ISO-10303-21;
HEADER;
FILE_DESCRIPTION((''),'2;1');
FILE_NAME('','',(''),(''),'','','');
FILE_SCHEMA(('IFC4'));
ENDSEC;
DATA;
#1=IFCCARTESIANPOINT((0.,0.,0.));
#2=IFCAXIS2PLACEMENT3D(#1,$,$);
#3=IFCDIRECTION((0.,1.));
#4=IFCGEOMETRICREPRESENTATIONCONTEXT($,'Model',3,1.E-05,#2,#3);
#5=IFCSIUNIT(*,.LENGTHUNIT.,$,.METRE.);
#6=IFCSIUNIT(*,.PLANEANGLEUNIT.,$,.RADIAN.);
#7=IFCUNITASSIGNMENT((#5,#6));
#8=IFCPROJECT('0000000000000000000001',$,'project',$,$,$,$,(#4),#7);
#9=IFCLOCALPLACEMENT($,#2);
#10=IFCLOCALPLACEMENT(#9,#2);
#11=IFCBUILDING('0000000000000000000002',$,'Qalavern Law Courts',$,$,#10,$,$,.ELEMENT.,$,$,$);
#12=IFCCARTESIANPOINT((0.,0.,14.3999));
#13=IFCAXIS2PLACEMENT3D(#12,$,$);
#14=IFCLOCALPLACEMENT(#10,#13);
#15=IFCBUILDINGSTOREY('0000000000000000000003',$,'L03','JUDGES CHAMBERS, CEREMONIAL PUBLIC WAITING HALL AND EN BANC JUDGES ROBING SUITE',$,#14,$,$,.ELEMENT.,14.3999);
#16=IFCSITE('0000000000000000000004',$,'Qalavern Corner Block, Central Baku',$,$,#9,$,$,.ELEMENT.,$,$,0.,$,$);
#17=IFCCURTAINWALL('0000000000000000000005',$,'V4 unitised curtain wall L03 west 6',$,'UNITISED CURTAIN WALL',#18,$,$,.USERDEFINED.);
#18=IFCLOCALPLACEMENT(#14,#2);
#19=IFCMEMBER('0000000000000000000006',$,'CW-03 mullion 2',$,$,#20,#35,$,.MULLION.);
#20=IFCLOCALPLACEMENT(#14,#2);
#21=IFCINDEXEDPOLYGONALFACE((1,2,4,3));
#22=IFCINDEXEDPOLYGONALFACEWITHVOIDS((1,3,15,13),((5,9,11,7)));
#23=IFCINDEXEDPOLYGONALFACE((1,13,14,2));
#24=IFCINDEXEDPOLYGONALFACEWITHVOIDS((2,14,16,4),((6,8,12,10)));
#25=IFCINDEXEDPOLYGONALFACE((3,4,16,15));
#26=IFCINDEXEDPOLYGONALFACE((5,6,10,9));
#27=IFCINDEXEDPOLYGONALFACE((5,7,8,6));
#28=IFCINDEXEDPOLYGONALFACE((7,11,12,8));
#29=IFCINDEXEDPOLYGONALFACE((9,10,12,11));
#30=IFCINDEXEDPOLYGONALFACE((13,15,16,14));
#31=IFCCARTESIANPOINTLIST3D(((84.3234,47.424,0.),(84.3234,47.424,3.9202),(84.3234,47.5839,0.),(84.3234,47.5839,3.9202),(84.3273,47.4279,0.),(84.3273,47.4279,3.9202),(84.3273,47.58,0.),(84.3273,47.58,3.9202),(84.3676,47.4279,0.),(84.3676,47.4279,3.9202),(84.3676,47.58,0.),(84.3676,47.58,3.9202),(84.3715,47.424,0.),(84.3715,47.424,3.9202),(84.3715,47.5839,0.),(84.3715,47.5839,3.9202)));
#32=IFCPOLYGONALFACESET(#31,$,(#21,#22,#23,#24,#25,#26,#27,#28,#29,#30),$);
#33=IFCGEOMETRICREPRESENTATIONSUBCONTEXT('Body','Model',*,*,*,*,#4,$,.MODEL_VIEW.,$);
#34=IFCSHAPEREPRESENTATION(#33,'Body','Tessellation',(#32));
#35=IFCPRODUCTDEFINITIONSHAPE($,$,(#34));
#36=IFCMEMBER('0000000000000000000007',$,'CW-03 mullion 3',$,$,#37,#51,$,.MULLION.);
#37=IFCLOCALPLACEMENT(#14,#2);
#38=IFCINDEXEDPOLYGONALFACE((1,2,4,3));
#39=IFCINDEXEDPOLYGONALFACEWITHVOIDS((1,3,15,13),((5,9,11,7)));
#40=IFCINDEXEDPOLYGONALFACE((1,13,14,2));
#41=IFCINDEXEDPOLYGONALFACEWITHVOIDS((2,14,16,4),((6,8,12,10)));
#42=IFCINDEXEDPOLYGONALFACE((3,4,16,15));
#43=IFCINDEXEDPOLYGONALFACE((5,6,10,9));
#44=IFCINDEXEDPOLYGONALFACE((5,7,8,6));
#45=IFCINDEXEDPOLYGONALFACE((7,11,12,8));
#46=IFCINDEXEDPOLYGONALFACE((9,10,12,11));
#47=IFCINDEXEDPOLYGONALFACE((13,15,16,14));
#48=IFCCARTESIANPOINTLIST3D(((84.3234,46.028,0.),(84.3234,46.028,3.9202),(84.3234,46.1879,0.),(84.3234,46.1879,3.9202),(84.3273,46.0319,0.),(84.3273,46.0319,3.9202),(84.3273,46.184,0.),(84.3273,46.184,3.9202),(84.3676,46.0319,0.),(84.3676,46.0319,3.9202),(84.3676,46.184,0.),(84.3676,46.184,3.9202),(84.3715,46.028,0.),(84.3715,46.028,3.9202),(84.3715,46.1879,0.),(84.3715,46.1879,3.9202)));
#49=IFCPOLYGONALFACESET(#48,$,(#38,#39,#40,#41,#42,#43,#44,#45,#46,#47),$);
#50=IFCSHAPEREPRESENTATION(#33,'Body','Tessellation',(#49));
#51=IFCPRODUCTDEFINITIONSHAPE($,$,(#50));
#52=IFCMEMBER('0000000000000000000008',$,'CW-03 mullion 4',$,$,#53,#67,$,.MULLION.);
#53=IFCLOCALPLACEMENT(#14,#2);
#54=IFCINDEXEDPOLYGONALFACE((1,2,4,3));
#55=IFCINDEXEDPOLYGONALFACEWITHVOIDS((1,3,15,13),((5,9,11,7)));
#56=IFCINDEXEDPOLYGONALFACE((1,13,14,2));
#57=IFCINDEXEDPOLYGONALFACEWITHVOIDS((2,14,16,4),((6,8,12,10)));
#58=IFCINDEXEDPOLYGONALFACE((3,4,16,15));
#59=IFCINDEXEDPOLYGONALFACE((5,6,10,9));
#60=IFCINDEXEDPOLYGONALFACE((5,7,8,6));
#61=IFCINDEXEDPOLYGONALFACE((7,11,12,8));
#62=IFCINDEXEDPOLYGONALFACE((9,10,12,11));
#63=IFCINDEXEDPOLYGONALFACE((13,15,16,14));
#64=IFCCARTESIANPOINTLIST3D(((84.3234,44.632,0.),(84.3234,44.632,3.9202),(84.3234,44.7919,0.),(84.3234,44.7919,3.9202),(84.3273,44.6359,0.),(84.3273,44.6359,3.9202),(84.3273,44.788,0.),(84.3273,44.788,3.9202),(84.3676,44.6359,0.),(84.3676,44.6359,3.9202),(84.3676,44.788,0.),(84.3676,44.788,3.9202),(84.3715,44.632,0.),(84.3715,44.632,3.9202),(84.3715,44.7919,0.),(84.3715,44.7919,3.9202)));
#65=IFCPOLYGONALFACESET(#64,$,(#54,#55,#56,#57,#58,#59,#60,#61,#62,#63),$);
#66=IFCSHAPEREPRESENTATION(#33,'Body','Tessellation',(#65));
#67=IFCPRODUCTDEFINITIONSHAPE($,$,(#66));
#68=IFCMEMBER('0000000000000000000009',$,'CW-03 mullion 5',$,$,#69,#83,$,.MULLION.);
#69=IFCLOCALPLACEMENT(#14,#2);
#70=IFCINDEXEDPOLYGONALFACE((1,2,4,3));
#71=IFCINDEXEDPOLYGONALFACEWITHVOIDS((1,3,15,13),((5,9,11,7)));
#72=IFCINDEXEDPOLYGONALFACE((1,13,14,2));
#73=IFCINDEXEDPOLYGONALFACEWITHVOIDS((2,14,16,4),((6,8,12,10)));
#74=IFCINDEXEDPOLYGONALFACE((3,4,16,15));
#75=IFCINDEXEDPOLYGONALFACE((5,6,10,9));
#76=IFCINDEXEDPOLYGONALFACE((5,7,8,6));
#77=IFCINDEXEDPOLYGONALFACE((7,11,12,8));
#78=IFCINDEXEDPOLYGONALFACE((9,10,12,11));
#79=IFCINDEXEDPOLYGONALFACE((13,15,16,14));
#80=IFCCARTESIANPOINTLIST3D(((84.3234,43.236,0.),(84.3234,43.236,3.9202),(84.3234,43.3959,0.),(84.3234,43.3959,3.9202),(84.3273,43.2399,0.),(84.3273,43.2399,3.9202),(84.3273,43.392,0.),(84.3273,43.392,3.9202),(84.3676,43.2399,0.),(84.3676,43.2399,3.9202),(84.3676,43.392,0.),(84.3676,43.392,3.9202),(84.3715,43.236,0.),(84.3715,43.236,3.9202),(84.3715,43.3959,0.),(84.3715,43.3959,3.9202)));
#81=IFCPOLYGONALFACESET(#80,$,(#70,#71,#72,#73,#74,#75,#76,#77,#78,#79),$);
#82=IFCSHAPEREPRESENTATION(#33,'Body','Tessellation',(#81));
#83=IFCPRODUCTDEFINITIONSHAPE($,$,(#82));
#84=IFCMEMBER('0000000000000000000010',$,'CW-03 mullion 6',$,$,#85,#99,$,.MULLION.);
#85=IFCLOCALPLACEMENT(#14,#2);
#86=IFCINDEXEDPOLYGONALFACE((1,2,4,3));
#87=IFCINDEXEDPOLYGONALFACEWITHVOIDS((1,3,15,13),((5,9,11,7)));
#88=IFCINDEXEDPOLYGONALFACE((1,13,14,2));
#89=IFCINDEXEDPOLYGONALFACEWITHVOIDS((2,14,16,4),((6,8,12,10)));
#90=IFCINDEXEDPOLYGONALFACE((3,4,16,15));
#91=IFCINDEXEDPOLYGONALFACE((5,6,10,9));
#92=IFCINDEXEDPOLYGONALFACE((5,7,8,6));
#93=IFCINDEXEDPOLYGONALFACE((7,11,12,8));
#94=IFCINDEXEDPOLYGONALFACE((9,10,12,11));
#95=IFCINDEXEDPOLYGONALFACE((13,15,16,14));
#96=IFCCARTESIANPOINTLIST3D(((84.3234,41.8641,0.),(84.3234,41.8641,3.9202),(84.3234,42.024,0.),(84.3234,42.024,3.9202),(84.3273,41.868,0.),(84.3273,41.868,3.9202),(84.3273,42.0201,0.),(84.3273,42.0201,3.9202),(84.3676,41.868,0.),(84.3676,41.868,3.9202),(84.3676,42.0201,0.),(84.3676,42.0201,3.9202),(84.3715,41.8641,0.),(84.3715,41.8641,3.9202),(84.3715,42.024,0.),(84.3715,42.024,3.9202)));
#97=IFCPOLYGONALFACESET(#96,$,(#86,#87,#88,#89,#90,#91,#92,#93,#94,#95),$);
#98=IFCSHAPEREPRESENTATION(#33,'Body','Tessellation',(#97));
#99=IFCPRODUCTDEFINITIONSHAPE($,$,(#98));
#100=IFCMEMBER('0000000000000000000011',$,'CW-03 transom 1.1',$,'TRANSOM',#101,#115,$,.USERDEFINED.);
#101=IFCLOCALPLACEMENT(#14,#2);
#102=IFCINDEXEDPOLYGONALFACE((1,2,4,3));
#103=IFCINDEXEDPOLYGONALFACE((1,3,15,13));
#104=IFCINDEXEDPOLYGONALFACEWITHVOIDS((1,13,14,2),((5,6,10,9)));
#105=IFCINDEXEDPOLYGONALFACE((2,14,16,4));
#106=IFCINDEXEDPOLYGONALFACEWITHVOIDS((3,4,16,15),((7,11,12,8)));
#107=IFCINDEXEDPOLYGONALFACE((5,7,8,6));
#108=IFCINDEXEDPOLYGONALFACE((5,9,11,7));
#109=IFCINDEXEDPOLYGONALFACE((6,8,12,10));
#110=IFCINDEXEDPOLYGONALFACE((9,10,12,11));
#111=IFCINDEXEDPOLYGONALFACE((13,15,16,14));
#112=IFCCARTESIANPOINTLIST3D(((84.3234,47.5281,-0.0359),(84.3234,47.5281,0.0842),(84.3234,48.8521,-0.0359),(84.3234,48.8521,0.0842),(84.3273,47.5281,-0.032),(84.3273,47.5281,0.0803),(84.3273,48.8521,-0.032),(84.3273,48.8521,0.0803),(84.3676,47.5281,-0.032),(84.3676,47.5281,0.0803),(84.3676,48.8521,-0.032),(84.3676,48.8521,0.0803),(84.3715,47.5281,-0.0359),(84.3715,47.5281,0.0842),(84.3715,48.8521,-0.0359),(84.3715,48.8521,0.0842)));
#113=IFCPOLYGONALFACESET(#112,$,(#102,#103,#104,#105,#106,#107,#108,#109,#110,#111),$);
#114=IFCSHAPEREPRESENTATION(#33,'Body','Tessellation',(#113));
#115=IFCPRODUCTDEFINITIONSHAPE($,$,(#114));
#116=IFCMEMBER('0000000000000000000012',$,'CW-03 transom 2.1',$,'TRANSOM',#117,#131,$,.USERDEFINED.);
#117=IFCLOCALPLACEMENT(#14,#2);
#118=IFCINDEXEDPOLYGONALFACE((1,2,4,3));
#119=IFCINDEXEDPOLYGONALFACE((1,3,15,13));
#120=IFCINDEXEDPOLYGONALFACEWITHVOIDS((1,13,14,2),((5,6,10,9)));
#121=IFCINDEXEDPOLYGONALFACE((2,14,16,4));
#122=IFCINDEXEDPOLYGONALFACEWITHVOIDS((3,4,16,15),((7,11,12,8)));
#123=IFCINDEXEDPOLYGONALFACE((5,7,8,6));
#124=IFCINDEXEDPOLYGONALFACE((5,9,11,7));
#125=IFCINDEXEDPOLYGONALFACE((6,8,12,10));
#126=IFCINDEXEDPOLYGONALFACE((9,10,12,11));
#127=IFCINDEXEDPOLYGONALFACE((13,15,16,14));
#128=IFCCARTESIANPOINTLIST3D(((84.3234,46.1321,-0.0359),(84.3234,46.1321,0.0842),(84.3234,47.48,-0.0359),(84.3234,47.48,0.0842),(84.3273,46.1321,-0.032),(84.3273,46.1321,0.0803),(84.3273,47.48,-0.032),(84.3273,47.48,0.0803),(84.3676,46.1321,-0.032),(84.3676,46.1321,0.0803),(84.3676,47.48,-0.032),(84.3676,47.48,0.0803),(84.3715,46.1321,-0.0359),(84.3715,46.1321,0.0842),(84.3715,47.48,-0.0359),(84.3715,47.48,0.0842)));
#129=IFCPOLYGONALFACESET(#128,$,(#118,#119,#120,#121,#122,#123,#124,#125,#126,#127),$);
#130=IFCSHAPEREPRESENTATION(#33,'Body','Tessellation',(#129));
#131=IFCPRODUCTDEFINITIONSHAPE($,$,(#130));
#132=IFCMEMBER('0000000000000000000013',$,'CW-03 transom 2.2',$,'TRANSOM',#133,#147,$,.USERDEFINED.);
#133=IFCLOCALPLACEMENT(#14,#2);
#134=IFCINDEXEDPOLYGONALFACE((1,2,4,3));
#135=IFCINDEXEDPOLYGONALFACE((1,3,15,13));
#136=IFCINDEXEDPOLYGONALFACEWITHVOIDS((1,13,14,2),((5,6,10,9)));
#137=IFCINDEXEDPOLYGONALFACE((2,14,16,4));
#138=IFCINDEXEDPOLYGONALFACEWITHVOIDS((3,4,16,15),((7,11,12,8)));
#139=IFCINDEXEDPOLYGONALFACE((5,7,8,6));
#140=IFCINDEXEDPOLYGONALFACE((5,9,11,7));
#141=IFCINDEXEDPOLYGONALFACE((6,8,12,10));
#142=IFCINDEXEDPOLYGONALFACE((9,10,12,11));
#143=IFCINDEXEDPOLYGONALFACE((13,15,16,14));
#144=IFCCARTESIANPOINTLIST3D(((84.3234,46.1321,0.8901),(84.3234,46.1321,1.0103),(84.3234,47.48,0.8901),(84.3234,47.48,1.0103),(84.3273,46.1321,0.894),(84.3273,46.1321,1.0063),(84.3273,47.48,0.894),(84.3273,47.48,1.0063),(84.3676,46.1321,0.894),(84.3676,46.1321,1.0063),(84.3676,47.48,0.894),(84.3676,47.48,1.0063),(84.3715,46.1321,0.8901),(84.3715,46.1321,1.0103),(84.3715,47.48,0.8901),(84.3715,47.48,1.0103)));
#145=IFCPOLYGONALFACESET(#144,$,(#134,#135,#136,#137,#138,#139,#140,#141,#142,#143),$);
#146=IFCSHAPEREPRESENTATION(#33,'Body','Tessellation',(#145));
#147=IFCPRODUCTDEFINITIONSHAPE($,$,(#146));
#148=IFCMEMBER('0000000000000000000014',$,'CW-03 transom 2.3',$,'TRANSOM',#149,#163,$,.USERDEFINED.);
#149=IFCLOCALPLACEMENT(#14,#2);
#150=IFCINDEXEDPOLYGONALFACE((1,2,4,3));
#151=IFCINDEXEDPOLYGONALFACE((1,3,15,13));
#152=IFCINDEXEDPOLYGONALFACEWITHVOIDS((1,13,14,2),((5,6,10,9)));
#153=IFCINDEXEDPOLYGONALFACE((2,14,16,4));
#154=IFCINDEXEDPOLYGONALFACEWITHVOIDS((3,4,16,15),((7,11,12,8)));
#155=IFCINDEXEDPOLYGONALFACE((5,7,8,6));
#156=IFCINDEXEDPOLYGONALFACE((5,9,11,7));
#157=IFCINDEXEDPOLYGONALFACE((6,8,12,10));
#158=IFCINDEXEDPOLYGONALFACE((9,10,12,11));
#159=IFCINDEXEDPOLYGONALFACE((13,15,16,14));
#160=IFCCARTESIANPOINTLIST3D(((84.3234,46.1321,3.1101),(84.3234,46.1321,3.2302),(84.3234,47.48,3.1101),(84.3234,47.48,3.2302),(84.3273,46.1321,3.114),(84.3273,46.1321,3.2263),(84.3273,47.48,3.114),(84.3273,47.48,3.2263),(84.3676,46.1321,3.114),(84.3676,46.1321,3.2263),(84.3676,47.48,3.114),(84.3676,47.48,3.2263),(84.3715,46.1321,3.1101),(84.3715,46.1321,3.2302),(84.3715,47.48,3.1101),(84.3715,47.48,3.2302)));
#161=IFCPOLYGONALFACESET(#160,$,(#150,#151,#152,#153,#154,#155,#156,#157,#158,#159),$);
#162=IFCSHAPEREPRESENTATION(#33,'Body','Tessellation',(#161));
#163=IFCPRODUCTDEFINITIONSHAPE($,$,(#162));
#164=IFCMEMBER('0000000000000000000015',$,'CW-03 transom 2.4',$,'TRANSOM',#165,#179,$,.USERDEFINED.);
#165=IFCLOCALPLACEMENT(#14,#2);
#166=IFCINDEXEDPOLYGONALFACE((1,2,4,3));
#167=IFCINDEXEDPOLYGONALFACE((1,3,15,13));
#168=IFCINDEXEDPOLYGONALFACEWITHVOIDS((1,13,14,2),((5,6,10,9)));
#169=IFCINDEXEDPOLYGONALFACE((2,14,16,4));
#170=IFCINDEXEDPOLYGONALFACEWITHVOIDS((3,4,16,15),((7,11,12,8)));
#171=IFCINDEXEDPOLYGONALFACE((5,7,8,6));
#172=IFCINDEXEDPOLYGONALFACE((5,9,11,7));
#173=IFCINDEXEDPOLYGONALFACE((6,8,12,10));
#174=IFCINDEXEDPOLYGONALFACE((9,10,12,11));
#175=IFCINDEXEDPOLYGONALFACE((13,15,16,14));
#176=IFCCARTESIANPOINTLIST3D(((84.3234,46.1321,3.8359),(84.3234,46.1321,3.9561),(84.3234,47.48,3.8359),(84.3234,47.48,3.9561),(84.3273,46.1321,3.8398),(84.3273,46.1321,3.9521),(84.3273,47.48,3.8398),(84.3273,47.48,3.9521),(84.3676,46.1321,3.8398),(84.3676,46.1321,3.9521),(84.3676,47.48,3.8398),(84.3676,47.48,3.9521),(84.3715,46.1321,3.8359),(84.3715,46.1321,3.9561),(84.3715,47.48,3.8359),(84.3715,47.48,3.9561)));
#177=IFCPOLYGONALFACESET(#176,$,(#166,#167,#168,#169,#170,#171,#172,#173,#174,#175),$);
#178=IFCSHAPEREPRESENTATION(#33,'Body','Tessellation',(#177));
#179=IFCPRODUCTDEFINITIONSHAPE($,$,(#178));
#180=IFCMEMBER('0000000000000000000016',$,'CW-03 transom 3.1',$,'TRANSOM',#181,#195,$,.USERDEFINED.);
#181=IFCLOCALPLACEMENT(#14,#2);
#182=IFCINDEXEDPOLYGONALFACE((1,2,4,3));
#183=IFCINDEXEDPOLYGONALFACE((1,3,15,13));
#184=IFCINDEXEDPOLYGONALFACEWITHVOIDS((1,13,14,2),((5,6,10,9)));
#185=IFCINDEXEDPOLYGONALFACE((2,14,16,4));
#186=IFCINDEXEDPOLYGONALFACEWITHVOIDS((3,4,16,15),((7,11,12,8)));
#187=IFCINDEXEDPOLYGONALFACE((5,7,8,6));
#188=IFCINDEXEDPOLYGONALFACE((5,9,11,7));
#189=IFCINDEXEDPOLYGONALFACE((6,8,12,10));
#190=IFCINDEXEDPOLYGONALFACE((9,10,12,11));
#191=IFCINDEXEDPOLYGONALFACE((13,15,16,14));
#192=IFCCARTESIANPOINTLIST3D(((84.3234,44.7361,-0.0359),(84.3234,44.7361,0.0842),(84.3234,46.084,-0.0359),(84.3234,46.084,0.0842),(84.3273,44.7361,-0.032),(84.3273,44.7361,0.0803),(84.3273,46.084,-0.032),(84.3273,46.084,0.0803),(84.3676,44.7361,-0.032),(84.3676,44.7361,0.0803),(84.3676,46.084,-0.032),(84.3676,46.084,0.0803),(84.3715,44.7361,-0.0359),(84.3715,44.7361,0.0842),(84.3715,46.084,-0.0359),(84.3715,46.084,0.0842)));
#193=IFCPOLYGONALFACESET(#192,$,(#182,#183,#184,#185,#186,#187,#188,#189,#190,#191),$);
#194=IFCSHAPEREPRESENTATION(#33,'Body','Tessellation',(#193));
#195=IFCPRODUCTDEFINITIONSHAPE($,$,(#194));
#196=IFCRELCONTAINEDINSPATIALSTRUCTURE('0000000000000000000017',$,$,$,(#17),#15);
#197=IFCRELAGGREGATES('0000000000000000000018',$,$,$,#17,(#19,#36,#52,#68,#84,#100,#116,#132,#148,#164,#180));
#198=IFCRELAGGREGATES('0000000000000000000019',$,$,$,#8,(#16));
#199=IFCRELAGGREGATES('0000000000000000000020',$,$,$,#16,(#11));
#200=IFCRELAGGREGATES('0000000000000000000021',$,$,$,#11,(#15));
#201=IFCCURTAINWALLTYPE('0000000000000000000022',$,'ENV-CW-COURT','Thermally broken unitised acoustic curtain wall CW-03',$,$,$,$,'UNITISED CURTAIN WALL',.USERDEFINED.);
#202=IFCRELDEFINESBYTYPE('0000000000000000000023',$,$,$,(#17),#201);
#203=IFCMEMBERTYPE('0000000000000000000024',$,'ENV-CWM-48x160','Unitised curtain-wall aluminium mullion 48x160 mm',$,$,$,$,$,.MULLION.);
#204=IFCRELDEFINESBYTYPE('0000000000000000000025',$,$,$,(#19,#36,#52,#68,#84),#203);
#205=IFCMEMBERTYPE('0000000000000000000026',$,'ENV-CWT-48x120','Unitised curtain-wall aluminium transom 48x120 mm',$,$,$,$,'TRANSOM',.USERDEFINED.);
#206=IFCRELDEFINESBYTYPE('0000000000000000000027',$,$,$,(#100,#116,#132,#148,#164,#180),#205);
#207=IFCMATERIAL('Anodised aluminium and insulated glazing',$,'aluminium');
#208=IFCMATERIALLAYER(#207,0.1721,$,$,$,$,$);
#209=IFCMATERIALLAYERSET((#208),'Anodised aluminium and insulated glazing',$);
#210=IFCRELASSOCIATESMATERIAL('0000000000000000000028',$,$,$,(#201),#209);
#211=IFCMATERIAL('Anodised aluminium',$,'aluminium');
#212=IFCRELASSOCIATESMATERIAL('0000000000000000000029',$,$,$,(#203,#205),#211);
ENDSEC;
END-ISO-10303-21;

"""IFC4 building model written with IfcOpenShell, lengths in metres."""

from ifc_helpers import new_model, si_unit, direction, frame, origin, origin_2d, place, context, subcontext, project, spatial, hollow_rectangle, extrude, material, layer, layer_set, material_profile, profile_set, type_object, element, aggregate, save


model = new_model("IFC4")

# Units and contexts
model_context = context("Model", 3, precision=1e-05, world=origin(), true_north=direction((0.0, 1.0)))
body_context = subcontext(model_context, "Body", "Model", "MODEL_VIEW")
ifc_project = project(units=[si_unit("LENGTHUNIT", "METRE"), si_unit("PLANEANGLEUNIT", "RADIAN")], contexts=[model_context])

# Site, building, storey
site_placement = place(None, origin())
site = spatial("IfcSite", under=ifc_project, at=site_placement, Name="Qalavern Corner Block, Central Baku", CompositionType="ELEMENT", RefElevation=0.0)
building_placement = place(site_placement, origin())
building = spatial("IfcBuilding", under=site, at=building_placement, Name="Qalavern Law Courts", CompositionType="ELEMENT")
storey_placement = place(building_placement, frame((0.0, 0.0, 14.3999)))
storey = spatial("IfcBuildingStorey", under=building, at=storey_placement, Name="L03", Description="JUDGES CHAMBERS, CEREMONIAL PUBLIC WAITING HALL AND EN BANC JUDGES ROBING SUITE", CompositionType="ELEMENT", Elevation=14.3999)

# Curtain wall, members
ifc_material_1 = material(Name="Anodised aluminium and insulated glazing", Category="aluminium")
ifc_layer_1 = layer(ifc_material_1, 0.1721)
ifc_layer_set_1 = layer_set([ifc_layer_1], Name="Anodised aluminium and insulated glazing")
curtain_wall_type = type_object("IfcCurtainWallType", Name="ENV-CW-COURT", Description="Thermally broken unitised acoustic curtain wall CW-03", ElementType="UNITISED CURTAIN WALL", PredefinedType="USERDEFINED", material=ifc_layer_set_1)
curtain_wall_placement = place(storey_placement, origin())
curtain_wall = element("IfcCurtainWall", 1, at=curtain_wall_placement, inside=storey, type_object=curtain_wall_type, Name="V4 unitised curtain wall L03 west 6", ObjectType="UNITISED CURTAIN WALL", PredefinedType="USERDEFINED")
ifc_material_2 = material(Name="Anodised aluminium", Category="aluminium")
ifc_material_profile_1 = material_profile(ifc_material_2, hollow_rectangle(XDim=0.0481, YDim=0.1599, WallThickness=0.0039, at=origin_2d()), Name="ALU MULLION 48x160")
ifc_profile_set_1 = profile_set([ifc_material_profile_1], Name="Anodised aluminium")
member_type_1 = type_object("IfcMemberType", Name="ENV-CWM-48x160", Description="Unitised curtain-wall aluminium mullion 48x160 mm", PredefinedType="MULLION", material=ifc_profile_set_1)
member_1_placement = place(storey_placement, frame((84.3474, 47.5039, 0.0), z_axis=(0.0, 0.0, 1.0), x_axis=(1.0, 0.0, 0.0)))
member_1 = element("IfcMember", 2, at=member_1_placement, type_object=member_type_1, Name="CW-03 mullion 2", PredefinedType="MULLION", context=body_context, shape_type="SweptSolid", body=[
    extrude(hollow_rectangle(XDim=0.0481, YDim=0.1599, WallThickness=0.0039, at=origin_2d()), origin(), (0.0, 0.0, 1.0), 3.9202),
])
member_2_placement = place(storey_placement, frame((84.3474, 46.1079, 0.0), z_axis=(0.0, 0.0, 1.0), x_axis=(1.0, 0.0, 0.0)))
member_2 = element("IfcMember", 3, at=member_2_placement, type_object=member_type_1, Name="CW-03 mullion 3", PredefinedType="MULLION", context=body_context, shape_type="SweptSolid", body=[
    extrude(hollow_rectangle(XDim=0.0481, YDim=0.1599, WallThickness=0.0039, at=origin_2d()), origin(), (0.0, 0.0, 1.0), 3.9202),
])
member_3_placement = place(storey_placement, frame((84.3474, 44.7119, 0.0), z_axis=(0.0, 0.0, 1.0), x_axis=(1.0, 0.0, 0.0)))
member_3 = element("IfcMember", 4, at=member_3_placement, type_object=member_type_1, Name="CW-03 mullion 4", PredefinedType="MULLION", context=body_context, shape_type="SweptSolid", body=[
    extrude(hollow_rectangle(XDim=0.0481, YDim=0.1599, WallThickness=0.0039, at=origin_2d()), origin(), (0.0, 0.0, 1.0), 3.9202),
])
member_4_placement = place(storey_placement, frame((84.3474, 43.3159, 0.0), z_axis=(0.0, 0.0, 1.0), x_axis=(1.0, 0.0, 0.0)))
member_4 = element("IfcMember", 5, at=member_4_placement, type_object=member_type_1, Name="CW-03 mullion 5", PredefinedType="MULLION", context=body_context, shape_type="SweptSolid", body=[
    extrude(hollow_rectangle(XDim=0.0481, YDim=0.1599, WallThickness=0.0039, at=origin_2d()), origin(), (0.0, 0.0, 1.0), 3.9202),
])
member_5_placement = place(storey_placement, frame((84.3474, 41.9441, 0.0), z_axis=(0.0, 0.0, 1.0), x_axis=(1.0, 0.0, 0.0)))
member_5 = element("IfcMember", 6, at=member_5_placement, type_object=member_type_1, Name="CW-03 mullion 6", PredefinedType="MULLION", context=body_context, shape_type="SweptSolid", body=[
    extrude(hollow_rectangle(XDim=0.0481, YDim=0.1599, WallThickness=0.0039, at=origin_2d()), origin(), (0.0, 0.0, 1.0), 3.9202),
])
ifc_material_profile_2 = material_profile(ifc_material_2, hollow_rectangle(XDim=0.0481, YDim=0.1201, WallThickness=0.0039, at=origin_2d()), Name="ALU TRANSOM 48x120")
ifc_profile_set_2 = profile_set([ifc_material_profile_2], Name="Anodised aluminium")
member_type_2 = type_object("IfcMemberType", Name="ENV-CWT-48x120", Description="Unitised curtain-wall aluminium transom 48x120 mm", ElementType="TRANSOM", PredefinedType="USERDEFINED", material=ifc_profile_set_2)
member_6_placement = place(storey_placement, frame((84.3474, 48.8521, 0.0242), z_axis=(0.0, -1.0, 0.0), x_axis=(1.0, 0.0, 0.0)))
member_6 = element("IfcMember", 7, at=member_6_placement, type_object=member_type_2, Name="CW-03 transom 1.1", ObjectType="TRANSOM", PredefinedType="USERDEFINED", context=body_context, shape_type="SweptSolid", body=[
    extrude(hollow_rectangle(XDim=0.0481, YDim=0.1201, WallThickness=0.0039, at=origin_2d()), origin(), (0.0, 0.0, 1.0), 1.324),
])
member_7_placement = place(storey_placement, frame((84.3474, 47.48, 0.0242), z_axis=(0.0, -1.0, 0.0), x_axis=(1.0, 0.0, 0.0)))
member_7 = element("IfcMember", 8, at=member_7_placement, type_object=member_type_2, Name="CW-03 transom 2.1", ObjectType="TRANSOM", PredefinedType="USERDEFINED", context=body_context, shape_type="SweptSolid", body=[
    extrude(hollow_rectangle(XDim=0.0481, YDim=0.1201, WallThickness=0.0039, at=origin_2d()), origin(), (0.0, 0.0, 1.0), 1.3479),
])
member_8_placement = place(storey_placement, frame((84.3474, 47.48, 0.9502), z_axis=(0.0, -1.0, 0.0), x_axis=(1.0, 0.0, 0.0)))
member_8 = element("IfcMember", 9, at=member_8_placement, type_object=member_type_2, Name="CW-03 transom 2.2", ObjectType="TRANSOM", PredefinedType="USERDEFINED", context=body_context, shape_type="SweptSolid", body=[
    extrude(hollow_rectangle(XDim=0.0481, YDim=0.1201, WallThickness=0.0039, at=origin_2d()), origin(), (0.0, 0.0, 1.0), 1.3479),
])
member_9_placement = place(storey_placement, frame((84.3474, 47.48, 3.1702), z_axis=(0.0, -1.0, 0.0), x_axis=(1.0, 0.0, 0.0)))
member_9 = element("IfcMember", 10, at=member_9_placement, type_object=member_type_2, Name="CW-03 transom 2.3", ObjectType="TRANSOM", PredefinedType="USERDEFINED", context=body_context, shape_type="SweptSolid", body=[
    extrude(hollow_rectangle(XDim=0.0481, YDim=0.1201, WallThickness=0.0039, at=origin_2d()), origin(), (0.0, 0.0, 1.0), 1.3479),
])
member_10_placement = place(storey_placement, frame((84.3474, 47.48, 3.896), z_axis=(0.0, -1.0, 0.0), x_axis=(1.0, 0.0, 0.0)))
member_10 = element("IfcMember", 11, at=member_10_placement, type_object=member_type_2, Name="CW-03 transom 2.4", ObjectType="TRANSOM", PredefinedType="USERDEFINED", context=body_context, shape_type="SweptSolid", body=[
    extrude(hollow_rectangle(XDim=0.0481, YDim=0.1201, WallThickness=0.0039, at=origin_2d()), origin(), (0.0, 0.0, 1.0), 1.3479),
])
member_11_placement = place(storey_placement, frame((84.3474, 46.084, 0.0242), z_axis=(0.0, -1.0, 0.0), x_axis=(1.0, 0.0, 0.0)))
member_11 = element("IfcMember", 12, at=member_11_placement, type_object=member_type_2, Name="CW-03 transom 3.1", ObjectType="TRANSOM", PredefinedType="USERDEFINED", context=body_context, shape_type="SweptSolid", body=[
    extrude(hollow_rectangle(XDim=0.0481, YDim=0.1201, WallThickness=0.0039, at=origin_2d()), origin(), (0.0, 0.0, 1.0), 1.3479),
])
aggregate(curtain_wall, [member_1, member_2, member_3, member_4, member_5, member_6, member_7, member_8, member_9, member_10, member_11])

save(model, "model.ifc")
